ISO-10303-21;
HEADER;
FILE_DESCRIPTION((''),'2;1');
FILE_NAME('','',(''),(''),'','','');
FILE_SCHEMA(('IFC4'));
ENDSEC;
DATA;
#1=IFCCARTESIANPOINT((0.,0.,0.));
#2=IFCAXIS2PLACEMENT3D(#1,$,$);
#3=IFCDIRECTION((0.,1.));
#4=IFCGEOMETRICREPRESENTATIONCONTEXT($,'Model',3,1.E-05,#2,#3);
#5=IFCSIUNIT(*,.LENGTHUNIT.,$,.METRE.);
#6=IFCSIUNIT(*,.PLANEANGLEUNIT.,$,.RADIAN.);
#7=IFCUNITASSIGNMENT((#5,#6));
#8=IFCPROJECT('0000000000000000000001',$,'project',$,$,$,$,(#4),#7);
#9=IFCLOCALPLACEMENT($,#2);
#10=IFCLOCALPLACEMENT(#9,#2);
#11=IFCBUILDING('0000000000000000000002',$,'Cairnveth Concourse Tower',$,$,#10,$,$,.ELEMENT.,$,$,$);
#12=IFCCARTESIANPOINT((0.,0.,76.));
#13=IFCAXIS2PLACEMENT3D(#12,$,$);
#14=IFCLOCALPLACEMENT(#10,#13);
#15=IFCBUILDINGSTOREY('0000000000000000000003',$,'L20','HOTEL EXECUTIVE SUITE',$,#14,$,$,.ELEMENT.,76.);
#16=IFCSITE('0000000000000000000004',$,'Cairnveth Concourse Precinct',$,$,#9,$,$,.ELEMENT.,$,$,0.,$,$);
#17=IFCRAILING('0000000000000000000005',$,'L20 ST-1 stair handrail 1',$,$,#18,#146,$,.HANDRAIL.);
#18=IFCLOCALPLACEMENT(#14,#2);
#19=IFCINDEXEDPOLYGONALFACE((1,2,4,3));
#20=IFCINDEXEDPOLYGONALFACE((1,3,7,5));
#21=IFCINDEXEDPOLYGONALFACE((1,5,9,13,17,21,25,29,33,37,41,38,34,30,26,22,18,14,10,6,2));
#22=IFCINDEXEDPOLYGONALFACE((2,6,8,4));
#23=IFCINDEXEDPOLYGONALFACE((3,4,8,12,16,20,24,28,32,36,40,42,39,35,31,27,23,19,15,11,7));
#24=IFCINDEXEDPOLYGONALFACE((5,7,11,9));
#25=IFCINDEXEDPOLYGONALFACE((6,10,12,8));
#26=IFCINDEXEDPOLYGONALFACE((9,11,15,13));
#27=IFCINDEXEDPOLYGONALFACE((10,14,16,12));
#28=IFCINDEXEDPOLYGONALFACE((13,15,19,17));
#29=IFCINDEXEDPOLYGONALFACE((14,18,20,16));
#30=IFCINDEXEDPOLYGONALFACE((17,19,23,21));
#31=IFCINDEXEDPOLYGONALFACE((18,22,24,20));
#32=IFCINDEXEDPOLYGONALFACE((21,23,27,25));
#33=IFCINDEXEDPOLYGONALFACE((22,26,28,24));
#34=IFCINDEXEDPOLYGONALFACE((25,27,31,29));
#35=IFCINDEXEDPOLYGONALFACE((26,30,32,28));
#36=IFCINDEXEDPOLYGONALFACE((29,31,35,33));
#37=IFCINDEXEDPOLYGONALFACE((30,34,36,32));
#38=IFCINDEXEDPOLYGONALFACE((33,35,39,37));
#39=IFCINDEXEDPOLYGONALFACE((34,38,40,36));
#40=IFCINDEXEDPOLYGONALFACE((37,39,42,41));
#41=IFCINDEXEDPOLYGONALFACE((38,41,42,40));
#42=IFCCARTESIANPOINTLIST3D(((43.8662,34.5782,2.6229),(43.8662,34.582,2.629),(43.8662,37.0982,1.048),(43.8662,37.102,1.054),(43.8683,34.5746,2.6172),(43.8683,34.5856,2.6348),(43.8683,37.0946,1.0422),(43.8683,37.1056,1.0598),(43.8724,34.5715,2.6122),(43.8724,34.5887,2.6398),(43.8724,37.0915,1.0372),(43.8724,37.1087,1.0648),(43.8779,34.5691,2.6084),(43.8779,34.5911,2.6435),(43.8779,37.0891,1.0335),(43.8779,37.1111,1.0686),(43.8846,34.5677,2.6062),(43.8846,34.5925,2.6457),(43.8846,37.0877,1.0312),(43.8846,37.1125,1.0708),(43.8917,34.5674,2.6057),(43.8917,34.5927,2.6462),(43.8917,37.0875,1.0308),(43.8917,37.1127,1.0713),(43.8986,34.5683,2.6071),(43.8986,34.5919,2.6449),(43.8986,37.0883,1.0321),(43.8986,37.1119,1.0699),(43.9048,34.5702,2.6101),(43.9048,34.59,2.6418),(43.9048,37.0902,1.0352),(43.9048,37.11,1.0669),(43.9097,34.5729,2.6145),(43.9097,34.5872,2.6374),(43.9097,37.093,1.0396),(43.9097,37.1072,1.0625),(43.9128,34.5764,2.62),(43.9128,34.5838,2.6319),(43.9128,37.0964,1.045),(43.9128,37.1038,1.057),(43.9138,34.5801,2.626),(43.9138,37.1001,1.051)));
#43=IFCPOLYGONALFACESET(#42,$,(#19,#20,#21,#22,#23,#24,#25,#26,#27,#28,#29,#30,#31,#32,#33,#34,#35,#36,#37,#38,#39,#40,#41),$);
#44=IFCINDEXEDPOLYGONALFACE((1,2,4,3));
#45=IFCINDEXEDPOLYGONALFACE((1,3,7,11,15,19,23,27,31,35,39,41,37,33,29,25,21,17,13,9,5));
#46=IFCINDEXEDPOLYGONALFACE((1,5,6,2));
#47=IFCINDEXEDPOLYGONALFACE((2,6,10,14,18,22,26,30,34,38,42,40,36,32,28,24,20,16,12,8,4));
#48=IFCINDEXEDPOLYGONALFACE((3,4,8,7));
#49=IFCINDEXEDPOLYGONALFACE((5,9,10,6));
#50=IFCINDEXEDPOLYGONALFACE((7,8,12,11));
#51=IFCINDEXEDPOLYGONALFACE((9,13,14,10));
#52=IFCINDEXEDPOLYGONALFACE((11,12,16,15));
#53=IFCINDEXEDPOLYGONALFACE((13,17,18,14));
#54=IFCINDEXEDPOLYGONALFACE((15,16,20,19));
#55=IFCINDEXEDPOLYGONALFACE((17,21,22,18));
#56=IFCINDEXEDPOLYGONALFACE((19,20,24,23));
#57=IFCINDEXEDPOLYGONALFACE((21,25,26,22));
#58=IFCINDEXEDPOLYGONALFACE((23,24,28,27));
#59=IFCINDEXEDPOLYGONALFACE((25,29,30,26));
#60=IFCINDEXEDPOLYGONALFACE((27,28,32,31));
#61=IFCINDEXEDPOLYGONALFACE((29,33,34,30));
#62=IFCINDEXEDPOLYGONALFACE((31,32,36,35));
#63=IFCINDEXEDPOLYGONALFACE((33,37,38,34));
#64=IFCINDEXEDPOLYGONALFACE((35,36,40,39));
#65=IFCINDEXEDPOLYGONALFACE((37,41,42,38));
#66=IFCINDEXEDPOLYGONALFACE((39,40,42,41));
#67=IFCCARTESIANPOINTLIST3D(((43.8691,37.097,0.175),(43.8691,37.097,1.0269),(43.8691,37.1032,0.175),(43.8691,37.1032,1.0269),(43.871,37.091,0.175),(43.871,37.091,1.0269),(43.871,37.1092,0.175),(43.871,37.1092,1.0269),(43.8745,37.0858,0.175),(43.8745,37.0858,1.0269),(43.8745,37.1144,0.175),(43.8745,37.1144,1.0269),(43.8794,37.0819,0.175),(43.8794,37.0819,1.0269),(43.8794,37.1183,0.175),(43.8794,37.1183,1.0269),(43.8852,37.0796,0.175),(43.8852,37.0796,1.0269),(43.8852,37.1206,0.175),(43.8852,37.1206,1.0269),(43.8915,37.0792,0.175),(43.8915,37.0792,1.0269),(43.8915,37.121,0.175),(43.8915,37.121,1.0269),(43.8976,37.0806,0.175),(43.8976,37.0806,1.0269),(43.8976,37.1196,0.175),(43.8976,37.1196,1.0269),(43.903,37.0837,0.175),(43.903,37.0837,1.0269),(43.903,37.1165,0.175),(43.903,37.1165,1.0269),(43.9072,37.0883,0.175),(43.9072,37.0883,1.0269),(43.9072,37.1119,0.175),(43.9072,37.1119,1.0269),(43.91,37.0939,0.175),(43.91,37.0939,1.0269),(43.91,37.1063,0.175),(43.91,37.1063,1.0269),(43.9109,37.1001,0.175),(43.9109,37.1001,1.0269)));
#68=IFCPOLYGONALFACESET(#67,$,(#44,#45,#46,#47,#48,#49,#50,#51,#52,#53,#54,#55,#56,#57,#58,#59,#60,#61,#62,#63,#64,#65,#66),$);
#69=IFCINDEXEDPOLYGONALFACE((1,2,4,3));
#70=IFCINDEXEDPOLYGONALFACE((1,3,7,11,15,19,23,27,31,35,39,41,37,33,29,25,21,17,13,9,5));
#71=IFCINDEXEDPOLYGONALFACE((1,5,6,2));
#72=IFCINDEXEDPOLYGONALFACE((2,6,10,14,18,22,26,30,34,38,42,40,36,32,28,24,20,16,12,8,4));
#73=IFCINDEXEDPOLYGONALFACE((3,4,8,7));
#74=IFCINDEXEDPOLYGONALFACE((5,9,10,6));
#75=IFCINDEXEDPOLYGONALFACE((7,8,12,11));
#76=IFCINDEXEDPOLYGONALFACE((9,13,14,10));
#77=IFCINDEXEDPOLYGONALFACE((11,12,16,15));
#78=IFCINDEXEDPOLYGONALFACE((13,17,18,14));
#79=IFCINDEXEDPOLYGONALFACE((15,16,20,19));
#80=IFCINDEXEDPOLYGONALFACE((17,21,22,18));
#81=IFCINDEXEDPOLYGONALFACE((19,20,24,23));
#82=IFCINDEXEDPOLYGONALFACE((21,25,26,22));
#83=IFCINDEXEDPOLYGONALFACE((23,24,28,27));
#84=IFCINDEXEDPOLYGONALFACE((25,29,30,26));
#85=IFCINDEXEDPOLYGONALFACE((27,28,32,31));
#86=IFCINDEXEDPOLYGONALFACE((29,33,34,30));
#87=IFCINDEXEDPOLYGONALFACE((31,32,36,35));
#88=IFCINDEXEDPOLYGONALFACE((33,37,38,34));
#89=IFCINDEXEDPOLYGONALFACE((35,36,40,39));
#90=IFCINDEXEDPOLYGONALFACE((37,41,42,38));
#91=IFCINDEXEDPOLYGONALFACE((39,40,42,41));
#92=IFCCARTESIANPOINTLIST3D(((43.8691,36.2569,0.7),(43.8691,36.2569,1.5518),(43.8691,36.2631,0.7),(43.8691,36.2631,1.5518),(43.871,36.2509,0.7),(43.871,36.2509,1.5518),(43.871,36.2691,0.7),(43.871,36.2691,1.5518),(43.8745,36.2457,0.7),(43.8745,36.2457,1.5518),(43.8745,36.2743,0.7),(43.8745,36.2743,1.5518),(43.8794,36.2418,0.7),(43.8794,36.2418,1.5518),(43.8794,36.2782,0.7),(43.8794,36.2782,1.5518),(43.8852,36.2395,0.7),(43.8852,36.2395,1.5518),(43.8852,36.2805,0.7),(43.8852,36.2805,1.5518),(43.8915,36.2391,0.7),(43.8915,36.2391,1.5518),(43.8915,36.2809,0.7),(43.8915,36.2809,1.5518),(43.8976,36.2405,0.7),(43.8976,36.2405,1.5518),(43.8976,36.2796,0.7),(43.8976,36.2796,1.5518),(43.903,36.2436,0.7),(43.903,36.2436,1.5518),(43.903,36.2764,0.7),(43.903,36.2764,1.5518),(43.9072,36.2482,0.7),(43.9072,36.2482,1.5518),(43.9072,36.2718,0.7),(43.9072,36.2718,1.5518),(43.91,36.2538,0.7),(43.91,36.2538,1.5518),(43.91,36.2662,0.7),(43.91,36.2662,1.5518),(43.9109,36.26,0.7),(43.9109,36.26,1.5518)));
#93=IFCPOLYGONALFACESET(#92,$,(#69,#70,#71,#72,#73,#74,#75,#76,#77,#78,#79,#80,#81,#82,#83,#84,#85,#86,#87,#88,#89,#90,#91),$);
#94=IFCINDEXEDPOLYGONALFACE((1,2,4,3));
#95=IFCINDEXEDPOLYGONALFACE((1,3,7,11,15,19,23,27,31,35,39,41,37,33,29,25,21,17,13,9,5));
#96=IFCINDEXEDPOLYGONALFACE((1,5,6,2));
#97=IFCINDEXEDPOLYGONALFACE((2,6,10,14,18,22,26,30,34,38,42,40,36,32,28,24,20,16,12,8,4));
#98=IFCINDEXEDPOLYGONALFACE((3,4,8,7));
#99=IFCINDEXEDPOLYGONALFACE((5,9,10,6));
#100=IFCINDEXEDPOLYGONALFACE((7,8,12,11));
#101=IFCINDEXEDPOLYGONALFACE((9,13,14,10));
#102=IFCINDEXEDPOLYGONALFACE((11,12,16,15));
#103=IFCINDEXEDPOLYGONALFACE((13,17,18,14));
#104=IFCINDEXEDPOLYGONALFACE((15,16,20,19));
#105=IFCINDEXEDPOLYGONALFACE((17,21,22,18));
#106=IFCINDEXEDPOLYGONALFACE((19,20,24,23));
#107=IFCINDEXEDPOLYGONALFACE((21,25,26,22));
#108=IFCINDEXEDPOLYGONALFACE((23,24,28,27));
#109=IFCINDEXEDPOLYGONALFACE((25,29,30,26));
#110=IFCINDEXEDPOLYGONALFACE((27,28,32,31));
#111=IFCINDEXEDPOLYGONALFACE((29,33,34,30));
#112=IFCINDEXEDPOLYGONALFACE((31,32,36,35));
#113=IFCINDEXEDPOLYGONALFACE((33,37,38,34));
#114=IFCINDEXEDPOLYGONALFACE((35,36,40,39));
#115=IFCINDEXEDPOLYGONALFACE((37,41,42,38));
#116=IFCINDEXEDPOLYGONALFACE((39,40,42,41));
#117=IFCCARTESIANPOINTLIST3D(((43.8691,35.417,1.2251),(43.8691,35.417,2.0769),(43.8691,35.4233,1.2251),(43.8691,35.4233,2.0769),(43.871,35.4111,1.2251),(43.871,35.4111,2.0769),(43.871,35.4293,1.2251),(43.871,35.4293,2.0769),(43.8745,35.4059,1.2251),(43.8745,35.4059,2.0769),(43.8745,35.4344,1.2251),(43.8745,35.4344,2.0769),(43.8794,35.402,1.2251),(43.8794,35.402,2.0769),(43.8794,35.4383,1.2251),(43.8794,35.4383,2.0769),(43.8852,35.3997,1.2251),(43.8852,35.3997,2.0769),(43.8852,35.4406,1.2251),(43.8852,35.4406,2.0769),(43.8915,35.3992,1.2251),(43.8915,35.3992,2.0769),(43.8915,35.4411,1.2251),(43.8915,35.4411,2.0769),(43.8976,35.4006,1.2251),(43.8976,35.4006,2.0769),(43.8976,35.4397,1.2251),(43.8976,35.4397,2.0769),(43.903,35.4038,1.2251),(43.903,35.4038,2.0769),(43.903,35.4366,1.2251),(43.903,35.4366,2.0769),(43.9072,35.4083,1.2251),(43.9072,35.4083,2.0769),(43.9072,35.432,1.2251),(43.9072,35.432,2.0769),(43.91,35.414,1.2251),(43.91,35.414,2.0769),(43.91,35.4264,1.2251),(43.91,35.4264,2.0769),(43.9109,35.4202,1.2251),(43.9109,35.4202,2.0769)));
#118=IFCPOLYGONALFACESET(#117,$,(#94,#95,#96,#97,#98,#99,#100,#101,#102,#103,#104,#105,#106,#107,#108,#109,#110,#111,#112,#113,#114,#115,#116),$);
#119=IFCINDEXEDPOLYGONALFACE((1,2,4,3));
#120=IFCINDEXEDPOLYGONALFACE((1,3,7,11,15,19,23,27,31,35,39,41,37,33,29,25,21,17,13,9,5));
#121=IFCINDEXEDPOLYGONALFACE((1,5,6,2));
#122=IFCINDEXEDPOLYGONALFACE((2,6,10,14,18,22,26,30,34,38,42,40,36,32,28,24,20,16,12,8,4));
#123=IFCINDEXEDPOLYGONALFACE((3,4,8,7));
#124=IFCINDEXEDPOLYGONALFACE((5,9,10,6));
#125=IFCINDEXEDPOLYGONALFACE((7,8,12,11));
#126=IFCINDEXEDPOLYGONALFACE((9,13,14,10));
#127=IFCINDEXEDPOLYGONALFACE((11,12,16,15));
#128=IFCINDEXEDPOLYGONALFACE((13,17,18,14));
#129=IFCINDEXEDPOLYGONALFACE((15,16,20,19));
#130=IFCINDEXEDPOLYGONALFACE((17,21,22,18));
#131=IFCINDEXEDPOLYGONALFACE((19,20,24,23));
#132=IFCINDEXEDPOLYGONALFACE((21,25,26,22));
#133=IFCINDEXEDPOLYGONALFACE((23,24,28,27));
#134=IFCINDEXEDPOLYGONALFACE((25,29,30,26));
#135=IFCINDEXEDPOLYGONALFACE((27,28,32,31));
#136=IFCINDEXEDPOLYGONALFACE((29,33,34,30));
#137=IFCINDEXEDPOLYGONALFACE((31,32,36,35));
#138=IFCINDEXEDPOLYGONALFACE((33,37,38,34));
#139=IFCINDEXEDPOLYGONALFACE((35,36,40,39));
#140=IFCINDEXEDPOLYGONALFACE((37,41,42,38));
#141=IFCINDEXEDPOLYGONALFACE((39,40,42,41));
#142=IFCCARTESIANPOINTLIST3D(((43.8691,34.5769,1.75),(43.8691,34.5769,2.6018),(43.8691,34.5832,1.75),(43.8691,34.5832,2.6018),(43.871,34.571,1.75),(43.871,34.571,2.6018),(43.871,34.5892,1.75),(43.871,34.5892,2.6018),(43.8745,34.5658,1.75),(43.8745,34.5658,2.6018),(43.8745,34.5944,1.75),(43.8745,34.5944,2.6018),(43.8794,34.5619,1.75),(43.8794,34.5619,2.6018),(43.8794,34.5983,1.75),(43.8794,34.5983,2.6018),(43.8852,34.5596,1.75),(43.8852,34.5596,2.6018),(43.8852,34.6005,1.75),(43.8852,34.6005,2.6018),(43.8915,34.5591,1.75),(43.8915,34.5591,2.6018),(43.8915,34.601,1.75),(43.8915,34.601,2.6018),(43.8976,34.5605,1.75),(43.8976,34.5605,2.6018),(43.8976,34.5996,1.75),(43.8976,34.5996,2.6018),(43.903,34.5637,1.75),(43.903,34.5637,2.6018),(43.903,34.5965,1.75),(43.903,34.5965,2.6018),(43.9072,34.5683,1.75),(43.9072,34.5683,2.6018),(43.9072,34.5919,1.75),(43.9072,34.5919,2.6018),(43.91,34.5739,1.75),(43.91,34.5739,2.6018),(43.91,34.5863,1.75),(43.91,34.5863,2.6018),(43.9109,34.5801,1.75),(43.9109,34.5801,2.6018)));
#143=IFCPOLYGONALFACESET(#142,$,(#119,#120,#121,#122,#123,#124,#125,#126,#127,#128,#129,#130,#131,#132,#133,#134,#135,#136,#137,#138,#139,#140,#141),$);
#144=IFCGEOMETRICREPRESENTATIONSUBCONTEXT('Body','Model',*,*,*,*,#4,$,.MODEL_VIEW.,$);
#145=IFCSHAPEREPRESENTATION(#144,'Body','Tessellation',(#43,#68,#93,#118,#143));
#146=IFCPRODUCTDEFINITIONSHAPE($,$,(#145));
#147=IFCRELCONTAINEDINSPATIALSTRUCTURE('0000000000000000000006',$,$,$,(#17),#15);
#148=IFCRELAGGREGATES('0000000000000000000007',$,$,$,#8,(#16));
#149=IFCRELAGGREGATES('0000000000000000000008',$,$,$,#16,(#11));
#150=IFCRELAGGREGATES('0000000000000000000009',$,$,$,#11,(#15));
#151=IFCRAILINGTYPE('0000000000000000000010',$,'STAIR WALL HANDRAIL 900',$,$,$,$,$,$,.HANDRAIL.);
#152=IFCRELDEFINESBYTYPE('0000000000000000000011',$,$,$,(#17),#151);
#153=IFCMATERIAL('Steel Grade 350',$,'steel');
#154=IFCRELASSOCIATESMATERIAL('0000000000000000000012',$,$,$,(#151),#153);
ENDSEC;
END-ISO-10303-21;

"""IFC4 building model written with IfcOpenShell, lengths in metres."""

from ifc_helpers import new_model, si_unit, direction, frame, origin, origin_2d, place, context, subcontext, project, spatial, circle, extrude, material, type_object, element, save


model = new_model("IFC4")

# Units and contexts
model_context = context("Model", 3, precision=1e-05, world=origin(), true_north=direction((0.0, 1.0)))
body_context = subcontext(model_context, "Body", "Model", "MODEL_VIEW")
ifc_project = project(units=[si_unit("LENGTHUNIT", "METRE"), si_unit("PLANEANGLEUNIT", "RADIAN")], contexts=[model_context])

# Site, building, storey
site_placement = place(None, origin())
site = spatial("IfcSite", under=ifc_project, at=site_placement, Name="Cairnveth Concourse Precinct", CompositionType="ELEMENT", RefElevation=0.0)
building_placement = place(site_placement, origin())
building = spatial("IfcBuilding", under=site, at=building_placement, Name="Cairnveth Concourse Tower", CompositionType="ELEMENT")
storey_placement = place(building_placement, frame((0.0, 0.0, 76.0)))
storey = spatial("IfcBuildingStorey", under=building, at=storey_placement, Name="L20", Description="HOTEL EXECUTIVE SUITE", CompositionType="ELEMENT", Elevation=76.0)

# Shared definitions
ifc_material_1 = material(Name="Steel Grade 350", Category="steel")

# Railing
railing_type_1 = type_object("IfcRailingType", Name="STAIR WALL HANDRAIL 900", PredefinedType="HANDRAIL", material=ifc_material_1)
railing_1_placement = place(storey_placement, frame((43.8899, 37.1001, 0.175)))
element("IfcRailing", 1, at=railing_1_placement, inside=storey, type_object=railing_type_1, Name="L20 ST-1 stair handrail 1", PredefinedType="HANDRAIL", context=body_context, shape_type="SweptSolid", body=[
    extrude(circle(Radius=0.0239, at=origin_2d()), frame((0.0, 0.0, 0.876), z_axis=(0.0, -0.848008, 0.529984), x_axis=(1.0, 0.0, 0.0)), (0.0, 0.0, 1.0), 2.9717),
    extrude(circle(Radius=0.021, at=origin_2d()), origin(), (0.0, 0.0, 1.0), 0.8518),
    extrude(circle(Radius=0.021, at=origin_2d()), frame((0.0, -0.8401, 0.5249)), (0.0, 0.0, 1.0), 0.8518),
    extrude(circle(Radius=0.021, at=origin_2d()), frame((0.0, -1.6799, 1.05)), (0.0, 0.0, 1.0), 0.8518),
    extrude(circle(Radius=0.021, at=origin_2d()), frame((0.0, -2.52, 1.575)), (0.0, 0.0, 1.0), 0.8518),
])

save(model, "model.ifc")
